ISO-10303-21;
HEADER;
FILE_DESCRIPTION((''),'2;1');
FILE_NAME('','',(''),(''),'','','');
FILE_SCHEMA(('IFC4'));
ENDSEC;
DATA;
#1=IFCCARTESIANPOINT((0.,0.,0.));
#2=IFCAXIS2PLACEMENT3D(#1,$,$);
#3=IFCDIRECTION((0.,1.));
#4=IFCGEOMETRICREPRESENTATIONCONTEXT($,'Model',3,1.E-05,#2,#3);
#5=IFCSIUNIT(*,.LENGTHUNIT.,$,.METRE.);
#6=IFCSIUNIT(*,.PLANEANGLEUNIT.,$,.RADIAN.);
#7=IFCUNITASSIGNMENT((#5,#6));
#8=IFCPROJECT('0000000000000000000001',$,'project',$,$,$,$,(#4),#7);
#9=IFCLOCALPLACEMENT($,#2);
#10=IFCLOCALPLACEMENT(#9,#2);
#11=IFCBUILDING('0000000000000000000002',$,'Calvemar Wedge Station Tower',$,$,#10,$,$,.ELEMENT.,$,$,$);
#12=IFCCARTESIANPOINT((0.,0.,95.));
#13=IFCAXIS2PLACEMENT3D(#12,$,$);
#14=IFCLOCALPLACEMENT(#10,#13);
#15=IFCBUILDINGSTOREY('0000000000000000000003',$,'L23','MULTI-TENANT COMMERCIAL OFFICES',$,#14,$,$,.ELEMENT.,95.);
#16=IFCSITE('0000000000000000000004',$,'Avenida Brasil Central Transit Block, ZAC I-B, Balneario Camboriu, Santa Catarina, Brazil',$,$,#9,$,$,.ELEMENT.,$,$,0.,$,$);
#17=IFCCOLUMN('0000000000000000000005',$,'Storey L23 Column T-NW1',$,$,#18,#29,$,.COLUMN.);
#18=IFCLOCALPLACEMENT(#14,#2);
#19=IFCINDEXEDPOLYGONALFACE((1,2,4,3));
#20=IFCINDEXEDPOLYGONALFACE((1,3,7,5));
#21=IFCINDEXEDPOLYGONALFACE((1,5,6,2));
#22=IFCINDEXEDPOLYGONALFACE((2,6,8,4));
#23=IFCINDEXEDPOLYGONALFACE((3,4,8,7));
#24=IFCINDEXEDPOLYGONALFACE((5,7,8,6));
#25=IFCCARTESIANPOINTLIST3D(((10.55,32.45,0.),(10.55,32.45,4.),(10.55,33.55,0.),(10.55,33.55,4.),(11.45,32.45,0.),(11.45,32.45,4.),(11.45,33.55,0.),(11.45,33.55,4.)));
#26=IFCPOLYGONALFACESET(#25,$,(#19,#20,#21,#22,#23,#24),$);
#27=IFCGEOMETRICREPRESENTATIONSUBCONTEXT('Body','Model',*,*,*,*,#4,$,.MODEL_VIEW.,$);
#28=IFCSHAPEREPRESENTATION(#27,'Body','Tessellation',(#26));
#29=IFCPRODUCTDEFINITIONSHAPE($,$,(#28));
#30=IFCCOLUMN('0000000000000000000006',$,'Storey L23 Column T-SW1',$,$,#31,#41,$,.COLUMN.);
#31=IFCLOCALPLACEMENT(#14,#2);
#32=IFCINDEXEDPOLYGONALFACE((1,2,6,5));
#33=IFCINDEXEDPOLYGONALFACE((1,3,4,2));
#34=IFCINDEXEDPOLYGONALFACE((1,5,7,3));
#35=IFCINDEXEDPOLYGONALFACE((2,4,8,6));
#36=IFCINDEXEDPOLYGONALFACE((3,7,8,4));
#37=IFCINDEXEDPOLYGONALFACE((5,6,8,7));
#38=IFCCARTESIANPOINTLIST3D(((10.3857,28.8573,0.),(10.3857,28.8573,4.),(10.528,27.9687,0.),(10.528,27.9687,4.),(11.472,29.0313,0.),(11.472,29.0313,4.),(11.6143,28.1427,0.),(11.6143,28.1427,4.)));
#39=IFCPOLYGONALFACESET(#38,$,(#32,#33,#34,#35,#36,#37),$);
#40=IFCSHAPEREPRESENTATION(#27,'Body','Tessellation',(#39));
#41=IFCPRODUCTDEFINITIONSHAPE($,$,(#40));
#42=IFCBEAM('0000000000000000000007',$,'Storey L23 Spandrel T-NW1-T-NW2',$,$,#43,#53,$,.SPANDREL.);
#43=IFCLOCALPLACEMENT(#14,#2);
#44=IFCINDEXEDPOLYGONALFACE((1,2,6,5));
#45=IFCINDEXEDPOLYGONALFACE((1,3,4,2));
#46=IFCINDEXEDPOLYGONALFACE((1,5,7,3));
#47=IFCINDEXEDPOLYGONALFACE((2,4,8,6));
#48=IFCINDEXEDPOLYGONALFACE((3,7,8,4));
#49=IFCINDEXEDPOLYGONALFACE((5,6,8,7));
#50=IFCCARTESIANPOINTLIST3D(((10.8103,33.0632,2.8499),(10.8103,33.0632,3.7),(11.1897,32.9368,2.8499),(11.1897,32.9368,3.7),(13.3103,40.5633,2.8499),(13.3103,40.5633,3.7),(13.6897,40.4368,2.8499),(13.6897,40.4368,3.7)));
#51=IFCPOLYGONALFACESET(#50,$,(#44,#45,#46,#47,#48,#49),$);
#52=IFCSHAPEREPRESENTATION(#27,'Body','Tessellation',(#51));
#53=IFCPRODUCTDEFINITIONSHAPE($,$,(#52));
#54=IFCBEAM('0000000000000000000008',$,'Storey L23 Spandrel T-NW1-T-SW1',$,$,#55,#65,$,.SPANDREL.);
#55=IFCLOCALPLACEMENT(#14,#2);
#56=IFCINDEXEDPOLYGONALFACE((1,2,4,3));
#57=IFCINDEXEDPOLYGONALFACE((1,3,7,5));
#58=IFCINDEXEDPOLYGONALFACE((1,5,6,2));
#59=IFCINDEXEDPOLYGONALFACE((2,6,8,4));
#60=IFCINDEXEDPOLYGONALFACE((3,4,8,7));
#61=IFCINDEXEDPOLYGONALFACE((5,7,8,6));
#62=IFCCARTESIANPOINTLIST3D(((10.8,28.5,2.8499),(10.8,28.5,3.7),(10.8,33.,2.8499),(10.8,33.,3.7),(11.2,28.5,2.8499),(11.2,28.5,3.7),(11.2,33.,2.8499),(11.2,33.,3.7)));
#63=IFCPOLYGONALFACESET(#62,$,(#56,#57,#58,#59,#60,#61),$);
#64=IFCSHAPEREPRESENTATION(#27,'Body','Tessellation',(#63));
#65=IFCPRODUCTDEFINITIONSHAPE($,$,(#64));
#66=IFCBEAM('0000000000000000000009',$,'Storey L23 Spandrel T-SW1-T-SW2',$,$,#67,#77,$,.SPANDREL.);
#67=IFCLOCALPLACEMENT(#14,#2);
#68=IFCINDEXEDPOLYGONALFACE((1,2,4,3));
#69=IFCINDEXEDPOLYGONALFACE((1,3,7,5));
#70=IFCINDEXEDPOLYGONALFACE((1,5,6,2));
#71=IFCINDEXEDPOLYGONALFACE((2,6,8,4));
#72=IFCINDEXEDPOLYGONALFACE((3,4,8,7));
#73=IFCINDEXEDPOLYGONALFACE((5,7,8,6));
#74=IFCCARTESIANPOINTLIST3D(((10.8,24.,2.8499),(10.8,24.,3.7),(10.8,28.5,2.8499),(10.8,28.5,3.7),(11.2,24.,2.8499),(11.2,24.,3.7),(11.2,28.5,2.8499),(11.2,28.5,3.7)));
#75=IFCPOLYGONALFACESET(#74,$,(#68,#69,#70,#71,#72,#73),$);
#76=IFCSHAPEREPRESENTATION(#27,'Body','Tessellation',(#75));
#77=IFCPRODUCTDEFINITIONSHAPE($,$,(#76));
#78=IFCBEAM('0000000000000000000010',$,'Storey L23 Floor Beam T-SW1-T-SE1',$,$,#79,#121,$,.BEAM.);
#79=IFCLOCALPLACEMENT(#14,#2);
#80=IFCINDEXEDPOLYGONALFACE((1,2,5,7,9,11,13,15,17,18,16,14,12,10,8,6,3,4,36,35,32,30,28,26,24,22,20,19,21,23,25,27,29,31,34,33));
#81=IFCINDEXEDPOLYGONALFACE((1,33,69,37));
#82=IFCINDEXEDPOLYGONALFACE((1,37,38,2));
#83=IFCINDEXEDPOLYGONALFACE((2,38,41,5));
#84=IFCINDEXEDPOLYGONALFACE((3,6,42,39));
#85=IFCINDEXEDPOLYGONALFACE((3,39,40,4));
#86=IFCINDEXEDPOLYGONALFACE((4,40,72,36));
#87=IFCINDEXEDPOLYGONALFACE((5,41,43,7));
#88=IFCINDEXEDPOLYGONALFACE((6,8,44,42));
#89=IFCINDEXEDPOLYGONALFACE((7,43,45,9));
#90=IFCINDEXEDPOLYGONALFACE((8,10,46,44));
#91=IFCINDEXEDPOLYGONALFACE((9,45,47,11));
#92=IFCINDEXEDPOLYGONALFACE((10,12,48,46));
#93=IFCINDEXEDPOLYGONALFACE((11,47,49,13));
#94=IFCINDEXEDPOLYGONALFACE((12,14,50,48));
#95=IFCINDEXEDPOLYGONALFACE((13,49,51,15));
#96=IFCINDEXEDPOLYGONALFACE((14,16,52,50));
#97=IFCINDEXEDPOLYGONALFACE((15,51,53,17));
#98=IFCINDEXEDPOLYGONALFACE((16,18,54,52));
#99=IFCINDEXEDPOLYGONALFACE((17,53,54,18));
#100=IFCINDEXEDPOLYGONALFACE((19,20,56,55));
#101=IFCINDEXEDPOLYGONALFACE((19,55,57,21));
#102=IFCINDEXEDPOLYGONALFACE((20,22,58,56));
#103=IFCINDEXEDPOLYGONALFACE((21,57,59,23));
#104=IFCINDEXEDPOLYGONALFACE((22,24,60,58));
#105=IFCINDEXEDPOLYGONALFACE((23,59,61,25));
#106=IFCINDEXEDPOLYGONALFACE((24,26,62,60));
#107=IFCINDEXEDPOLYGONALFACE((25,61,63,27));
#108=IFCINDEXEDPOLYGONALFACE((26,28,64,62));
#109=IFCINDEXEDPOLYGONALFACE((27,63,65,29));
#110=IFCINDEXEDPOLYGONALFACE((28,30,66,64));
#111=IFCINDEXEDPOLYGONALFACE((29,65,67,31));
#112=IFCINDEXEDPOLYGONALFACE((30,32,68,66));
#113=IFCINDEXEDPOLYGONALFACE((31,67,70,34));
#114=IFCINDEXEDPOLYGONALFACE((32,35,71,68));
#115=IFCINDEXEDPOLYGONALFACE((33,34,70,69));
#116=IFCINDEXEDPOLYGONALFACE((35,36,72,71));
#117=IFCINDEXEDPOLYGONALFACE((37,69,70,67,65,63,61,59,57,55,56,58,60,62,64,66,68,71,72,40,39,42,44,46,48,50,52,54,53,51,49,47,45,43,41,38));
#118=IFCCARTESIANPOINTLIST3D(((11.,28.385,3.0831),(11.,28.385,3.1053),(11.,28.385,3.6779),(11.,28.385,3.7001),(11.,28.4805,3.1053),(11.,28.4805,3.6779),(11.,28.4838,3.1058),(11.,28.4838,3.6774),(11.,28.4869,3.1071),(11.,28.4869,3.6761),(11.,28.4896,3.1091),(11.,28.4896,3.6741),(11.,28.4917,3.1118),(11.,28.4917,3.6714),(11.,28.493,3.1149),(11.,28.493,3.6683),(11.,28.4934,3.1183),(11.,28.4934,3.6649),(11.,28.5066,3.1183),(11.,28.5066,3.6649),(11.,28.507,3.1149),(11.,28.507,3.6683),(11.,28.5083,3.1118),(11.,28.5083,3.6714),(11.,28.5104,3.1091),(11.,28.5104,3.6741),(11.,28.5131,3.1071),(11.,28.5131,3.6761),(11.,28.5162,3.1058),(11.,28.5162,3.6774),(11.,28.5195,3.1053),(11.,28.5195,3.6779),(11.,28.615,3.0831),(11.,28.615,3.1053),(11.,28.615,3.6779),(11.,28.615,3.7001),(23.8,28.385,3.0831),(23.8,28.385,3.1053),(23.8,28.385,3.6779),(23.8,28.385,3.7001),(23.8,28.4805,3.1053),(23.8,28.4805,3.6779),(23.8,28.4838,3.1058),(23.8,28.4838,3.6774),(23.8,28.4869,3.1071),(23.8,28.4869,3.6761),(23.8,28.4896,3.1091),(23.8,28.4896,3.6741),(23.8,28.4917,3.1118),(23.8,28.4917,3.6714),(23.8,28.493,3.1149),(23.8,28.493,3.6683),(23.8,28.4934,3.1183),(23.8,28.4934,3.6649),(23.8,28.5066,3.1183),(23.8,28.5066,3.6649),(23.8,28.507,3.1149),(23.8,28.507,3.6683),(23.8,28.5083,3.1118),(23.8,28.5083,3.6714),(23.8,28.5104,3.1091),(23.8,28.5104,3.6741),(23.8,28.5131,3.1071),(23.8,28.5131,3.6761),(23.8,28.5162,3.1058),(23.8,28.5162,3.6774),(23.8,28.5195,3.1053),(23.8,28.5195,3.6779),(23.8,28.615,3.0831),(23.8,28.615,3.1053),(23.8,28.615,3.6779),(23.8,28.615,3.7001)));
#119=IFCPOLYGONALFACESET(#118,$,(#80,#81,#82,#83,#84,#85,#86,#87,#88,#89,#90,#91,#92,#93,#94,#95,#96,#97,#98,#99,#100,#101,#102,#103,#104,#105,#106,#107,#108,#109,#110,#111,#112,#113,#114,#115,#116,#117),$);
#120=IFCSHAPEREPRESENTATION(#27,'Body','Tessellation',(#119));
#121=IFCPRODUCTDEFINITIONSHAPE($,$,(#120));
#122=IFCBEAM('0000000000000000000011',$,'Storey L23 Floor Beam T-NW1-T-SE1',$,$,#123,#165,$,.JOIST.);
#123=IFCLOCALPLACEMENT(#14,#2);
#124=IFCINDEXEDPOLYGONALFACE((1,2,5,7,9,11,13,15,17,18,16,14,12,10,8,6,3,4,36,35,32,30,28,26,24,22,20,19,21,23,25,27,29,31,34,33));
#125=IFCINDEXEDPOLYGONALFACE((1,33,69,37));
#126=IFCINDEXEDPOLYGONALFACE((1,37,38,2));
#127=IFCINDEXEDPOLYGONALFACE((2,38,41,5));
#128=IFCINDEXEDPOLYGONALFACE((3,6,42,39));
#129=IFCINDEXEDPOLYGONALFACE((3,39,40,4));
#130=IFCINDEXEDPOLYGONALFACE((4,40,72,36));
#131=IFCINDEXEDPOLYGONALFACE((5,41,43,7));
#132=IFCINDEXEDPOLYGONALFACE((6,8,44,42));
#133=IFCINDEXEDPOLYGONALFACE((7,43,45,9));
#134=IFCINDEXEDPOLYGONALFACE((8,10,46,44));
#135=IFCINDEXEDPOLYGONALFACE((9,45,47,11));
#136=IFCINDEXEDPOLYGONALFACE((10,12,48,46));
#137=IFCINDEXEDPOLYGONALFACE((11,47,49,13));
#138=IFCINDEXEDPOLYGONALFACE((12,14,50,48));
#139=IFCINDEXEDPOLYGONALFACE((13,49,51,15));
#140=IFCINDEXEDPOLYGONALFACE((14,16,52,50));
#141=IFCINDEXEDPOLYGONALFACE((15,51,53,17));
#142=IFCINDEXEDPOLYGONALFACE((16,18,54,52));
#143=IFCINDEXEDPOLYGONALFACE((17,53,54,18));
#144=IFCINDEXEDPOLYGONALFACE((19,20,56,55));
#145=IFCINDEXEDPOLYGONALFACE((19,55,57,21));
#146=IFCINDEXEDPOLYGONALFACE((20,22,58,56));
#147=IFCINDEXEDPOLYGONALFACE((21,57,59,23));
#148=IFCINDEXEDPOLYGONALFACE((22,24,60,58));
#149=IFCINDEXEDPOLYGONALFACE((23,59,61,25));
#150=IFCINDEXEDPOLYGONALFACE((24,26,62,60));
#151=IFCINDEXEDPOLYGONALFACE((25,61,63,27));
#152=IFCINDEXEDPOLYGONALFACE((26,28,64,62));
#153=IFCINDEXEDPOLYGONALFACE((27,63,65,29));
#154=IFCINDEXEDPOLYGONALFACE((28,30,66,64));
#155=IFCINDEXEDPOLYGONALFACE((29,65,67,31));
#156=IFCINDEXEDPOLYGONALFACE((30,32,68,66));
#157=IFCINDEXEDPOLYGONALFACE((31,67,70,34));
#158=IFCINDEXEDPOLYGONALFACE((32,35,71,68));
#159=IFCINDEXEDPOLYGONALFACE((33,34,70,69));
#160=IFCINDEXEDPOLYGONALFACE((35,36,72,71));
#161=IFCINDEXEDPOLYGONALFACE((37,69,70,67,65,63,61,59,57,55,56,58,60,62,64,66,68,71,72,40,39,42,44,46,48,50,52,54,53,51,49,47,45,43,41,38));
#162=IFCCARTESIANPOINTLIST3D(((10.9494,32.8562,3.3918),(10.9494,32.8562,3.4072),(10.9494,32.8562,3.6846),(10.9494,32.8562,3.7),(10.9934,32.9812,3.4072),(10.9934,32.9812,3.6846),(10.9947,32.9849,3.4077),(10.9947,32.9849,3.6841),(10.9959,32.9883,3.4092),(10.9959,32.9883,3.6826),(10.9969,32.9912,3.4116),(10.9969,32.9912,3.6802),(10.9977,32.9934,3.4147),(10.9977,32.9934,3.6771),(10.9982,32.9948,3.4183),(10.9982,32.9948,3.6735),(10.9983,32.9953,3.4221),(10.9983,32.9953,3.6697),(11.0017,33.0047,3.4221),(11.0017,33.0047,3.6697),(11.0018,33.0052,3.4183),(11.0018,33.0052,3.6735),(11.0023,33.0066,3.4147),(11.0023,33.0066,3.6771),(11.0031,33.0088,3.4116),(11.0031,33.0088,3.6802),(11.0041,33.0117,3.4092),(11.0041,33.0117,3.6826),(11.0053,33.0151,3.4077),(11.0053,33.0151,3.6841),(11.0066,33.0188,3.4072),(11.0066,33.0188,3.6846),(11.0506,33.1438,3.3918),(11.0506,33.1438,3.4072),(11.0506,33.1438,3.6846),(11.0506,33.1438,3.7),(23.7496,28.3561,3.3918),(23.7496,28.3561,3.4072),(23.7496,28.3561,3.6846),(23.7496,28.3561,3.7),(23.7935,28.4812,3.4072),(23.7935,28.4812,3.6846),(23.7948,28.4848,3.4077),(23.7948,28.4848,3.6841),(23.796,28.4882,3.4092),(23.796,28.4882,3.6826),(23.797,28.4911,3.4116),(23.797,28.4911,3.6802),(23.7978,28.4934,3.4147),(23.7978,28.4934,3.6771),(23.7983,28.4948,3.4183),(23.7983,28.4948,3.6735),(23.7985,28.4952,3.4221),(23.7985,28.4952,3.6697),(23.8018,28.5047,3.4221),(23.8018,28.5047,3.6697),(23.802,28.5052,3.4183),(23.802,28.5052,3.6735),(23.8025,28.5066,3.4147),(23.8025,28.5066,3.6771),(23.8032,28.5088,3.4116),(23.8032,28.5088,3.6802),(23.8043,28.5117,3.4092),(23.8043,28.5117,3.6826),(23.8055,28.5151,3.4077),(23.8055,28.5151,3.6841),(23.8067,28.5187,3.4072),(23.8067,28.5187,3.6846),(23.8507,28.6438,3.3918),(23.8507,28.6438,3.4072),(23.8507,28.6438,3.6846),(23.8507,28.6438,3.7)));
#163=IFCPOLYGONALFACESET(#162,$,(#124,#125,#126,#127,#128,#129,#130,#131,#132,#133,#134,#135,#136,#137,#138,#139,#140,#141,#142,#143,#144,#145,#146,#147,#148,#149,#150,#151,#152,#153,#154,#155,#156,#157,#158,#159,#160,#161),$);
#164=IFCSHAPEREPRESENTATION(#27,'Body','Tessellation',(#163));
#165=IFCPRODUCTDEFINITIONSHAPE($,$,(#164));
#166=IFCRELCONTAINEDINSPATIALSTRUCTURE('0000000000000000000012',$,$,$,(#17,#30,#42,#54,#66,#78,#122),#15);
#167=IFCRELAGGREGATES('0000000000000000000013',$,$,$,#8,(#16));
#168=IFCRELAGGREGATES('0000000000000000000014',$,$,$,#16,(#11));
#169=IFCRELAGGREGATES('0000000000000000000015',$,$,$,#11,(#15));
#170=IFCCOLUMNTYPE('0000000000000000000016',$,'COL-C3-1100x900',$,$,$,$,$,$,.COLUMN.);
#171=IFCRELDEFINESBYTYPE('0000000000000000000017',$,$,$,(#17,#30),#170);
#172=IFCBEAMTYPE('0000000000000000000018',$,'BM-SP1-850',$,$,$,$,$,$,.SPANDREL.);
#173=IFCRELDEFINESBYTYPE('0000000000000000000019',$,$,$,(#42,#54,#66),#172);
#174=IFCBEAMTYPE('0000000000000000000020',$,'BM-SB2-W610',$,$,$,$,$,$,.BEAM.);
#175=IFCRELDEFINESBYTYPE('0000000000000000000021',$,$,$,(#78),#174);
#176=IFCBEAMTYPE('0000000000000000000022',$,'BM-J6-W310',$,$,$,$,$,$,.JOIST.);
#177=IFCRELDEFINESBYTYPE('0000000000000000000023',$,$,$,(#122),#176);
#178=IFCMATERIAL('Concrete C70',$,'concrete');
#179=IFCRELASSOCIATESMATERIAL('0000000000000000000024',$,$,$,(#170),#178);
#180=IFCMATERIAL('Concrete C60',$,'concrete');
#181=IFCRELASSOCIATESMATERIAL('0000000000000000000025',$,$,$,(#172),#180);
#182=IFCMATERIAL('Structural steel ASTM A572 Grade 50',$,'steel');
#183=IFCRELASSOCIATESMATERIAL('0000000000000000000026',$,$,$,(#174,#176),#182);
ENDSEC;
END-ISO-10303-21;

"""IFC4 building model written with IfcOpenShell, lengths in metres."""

from ifc_helpers import new_model, si_unit, direction, frame, origin, origin_2d, place, context, subcontext, project, spatial, rectangle, i_section, extrude, source, transform, mapped, material, material_profile, profile_set, type_object, element, save


model = new_model("IFC4")

# Units and contexts
model_context = context("Model", 3, precision=1e-05, world=origin(), true_north=direction((0.0, 1.0)))
body_context = subcontext(model_context, "Body", "Model", "MODEL_VIEW")
ifc_project = project(units=[si_unit("LENGTHUNIT", "METRE"), si_unit("PLANEANGLEUNIT", "RADIAN")], contexts=[model_context])

# Site, building, storey
site_placement = place(None, origin())
site = spatial("IfcSite", under=ifc_project, at=site_placement, Name="Avenida Brasil Central Transit Block, ZAC I-B, Balneario Camboriu, Santa Catarina, Brazil", CompositionType="ELEMENT", RefElevation=0.0)
building_placement = place(site_placement, origin())
building = spatial("IfcBuilding", under=site, at=building_placement, Name="Calvemar Wedge Station Tower", CompositionType="ELEMENT")
storey_placement = place(building_placement, frame((0.0, 0.0, 95.0)))
storey = spatial("IfcBuildingStorey", under=building, at=storey_placement, Name="L23", Description="MULTI-TENANT COMMERCIAL OFFICES", CompositionType="ELEMENT", Elevation=95.0)

# Columns
ifc_material_1 = material(Name="Concrete C70", Category="concrete")
ifc_material_profile_1 = material_profile(ifc_material_1, rectangle(XDim=0.8999, YDim=1.1001, at=origin_2d()), Name="RC1100x900")
ifc_profile_set_1 = profile_set([ifc_material_profile_1], Name="Concrete C70")
column_type = type_object("IfcColumnType", Name="COL-C3-1100x900", PredefinedType="COLUMN", material=ifc_profile_set_1)
shared_shape_1 = source(origin(), body_context, "Body", "SweptSolid", [
    extrude(rectangle(XDim=0.8999, YDim=1.1001, at=origin_2d()), origin(), (0.0, 0.0, 1.0), 4.0),
])
for number, where, z_axis, x_axis, name in (
    (1, (11.0, 33.0, 0.0), (0.0, 0.0, 1.0), (1.0, 0.0, 0.0), "Storey L23 Column T-NW1"),
    (2, (11.0, 28.5, 0.0), (0.0, 0.0, 1.0), (0.158158, -0.987414, 0.0), "Storey L23 Column T-SW1"),
):
    element("IfcColumn", number, at=place(storey_placement, frame(where, z_axis=z_axis, x_axis=x_axis)), inside=storey, type_object=column_type, Name=name, PredefinedType="COLUMN", context=body_context, shape_type="MappedRepresentation", body=[
        mapped(shared_shape_1, transform((0.0, 0.0, 0.0), scale=1.0)),
    ])

# Beams
ifc_material_2 = material(Name="Concrete C60", Category="concrete")
ifc_material_profile_2 = material_profile(ifc_material_2, rectangle(XDim=0.3999, YDim=0.8501, at=origin_2d()), Name="RC400x850")
ifc_profile_set_2 = profile_set([ifc_material_profile_2], Name="Concrete C60")
beam_type_1 = type_object("IfcBeamType", Name="BM-SP1-850", PredefinedType="SPANDREL", material=ifc_profile_set_2)
shared_shape_2 = source(origin(), body_context, "Body", "SweptSolid", [
    extrude(rectangle(XDim=0.3999, YDim=0.8501, at=origin_2d()), origin(), (0.0, 0.0, 1.0), 7.9058),
])
beam_1_placement = place(storey_placement, frame((11.0, 33.0, 3.2749), z_axis=(0.316228, 0.948683, 0.0), x_axis=(-0.948683, 0.316228, 0.0)))
element("IfcBeam", 3, at=beam_1_placement, inside=storey, type_object=beam_type_1, Name="Storey L23 Spandrel T-NW1-T-NW2", PredefinedType="SPANDREL", context=body_context, shape_type="MappedRepresentation", body=[
    mapped(shared_shape_2, transform((0.0, 0.0, 0.0), scale=1.0)),
])
shared_shape_3 = source(origin(), body_context, "Body", "SweptSolid", [
    extrude(rectangle(XDim=0.3999, YDim=0.8501, at=origin_2d()), origin(), (0.0, 0.0, 1.0), 4.5),
])
for number, where, z_axis, x_axis, name in (
    (4, (11.0, 33.0, 3.2749), (0.0, -1.0, 0.0), (1.0, 0.0, 0.0), "Storey L23 Spandrel T-NW1-T-SW1"),
    (5, (11.0, 28.5, 3.2749), (0.0, -1.0, 0.0), (1.0, 0.0, 0.0), "Storey L23 Spandrel T-SW1-T-SW2"),
):
    element("IfcBeam", number, at=place(storey_placement, frame(where, z_axis=z_axis, x_axis=x_axis)), inside=storey, type_object=beam_type_1, Name=name, PredefinedType="SPANDREL", context=body_context, shape_type="MappedRepresentation", body=[
        mapped(shared_shape_3, transform((0.0, 0.0, 0.0), scale=1.0)),
    ])
ifc_material_3 = material(Name="Structural steel ASTM A572 Grade 50", Category="steel")
ifc_material_profile_3 = material_profile(ifc_material_3, i_section(OverallWidth=0.23, OverallDepth=0.6169, WebThickness=0.0132, FlangeThickness=0.0222, FilletRadius=0.0129, at=origin_2d()), Name="W610x140")
ifc_profile_set_3 = profile_set([ifc_material_profile_3], Name="Structural steel ASTM A572 Grade 50")
beam_type_2 = type_object("IfcBeamType", Name="BM-SB2-W610", PredefinedType="BEAM", material=ifc_profile_set_3)
shared_shape_4 = source(origin(), body_context, "Body", "SweptSolid", [
    extrude(i_section(OverallWidth=0.23, OverallDepth=0.6169, WebThickness=0.0132, FlangeThickness=0.0222, FilletRadius=0.0129, at=origin_2d()), origin(), (0.0, 0.0, 1.0), 12.8),
])
beam_2_placement = place(storey_placement, frame((11.0, 28.5, 3.3916), z_axis=(1.0, 0.0, 0.0), x_axis=(0.0, 1.0, 0.0)))
element("IfcBeam", 6, at=beam_2_placement, inside=storey, type_object=beam_type_2, Name="Storey L23 Floor Beam T-SW1-T-SE1", PredefinedType="BEAM", context=body_context, shape_type="MappedRepresentation", body=[
    mapped(shared_shape_4, transform((0.0, 0.0, 0.0), scale=1.0)),
])
ifc_material_profile_4 = material_profile(ifc_material_3, i_section(OverallWidth=0.3049, OverallDepth=0.3081, WebThickness=0.01, FlangeThickness=0.0154, FilletRadius=0.0149, at=origin_2d()), Name="W310x97")
ifc_profile_set_4 = profile_set([ifc_material_profile_4], Name="Structural steel ASTM A572 Grade 50")
beam_type_3 = type_object("IfcBeamType", Name="BM-J6-W310", PredefinedType="JOIST", material=ifc_profile_set_4)
shared_shape_5 = source(origin(), body_context, "Body", "SweptSolid", [
    extrude(i_section(OverallWidth=0.3049, OverallDepth=0.3081, WebThickness=0.01, FlangeThickness=0.0154, FilletRadius=0.0149, at=origin_2d()), origin(), (0.0, 0.0, 1.0), 13.5681),
])
for number, where, z_axis, x_axis, name in (
    (7, (11.0, 33.0, 3.5459), (0.943398, -0.331662, 0.0), (0.331662, 0.943398, 0.0), "Storey L23 Floor Beam T-NW1-T-SE1"),
):
    element("IfcBeam", number, at=place(storey_placement, frame(where, z_axis=z_axis, x_axis=x_axis)), inside=storey, type_object=beam_type_3, Name=name, PredefinedType="JOIST", context=body_context, shape_type="MappedRepresentation", body=[
        mapped(shared_shape_5, transform((0.0, 0.0, 0.0), scale=1.0)),
    ])

save(model, "model.ifc")
